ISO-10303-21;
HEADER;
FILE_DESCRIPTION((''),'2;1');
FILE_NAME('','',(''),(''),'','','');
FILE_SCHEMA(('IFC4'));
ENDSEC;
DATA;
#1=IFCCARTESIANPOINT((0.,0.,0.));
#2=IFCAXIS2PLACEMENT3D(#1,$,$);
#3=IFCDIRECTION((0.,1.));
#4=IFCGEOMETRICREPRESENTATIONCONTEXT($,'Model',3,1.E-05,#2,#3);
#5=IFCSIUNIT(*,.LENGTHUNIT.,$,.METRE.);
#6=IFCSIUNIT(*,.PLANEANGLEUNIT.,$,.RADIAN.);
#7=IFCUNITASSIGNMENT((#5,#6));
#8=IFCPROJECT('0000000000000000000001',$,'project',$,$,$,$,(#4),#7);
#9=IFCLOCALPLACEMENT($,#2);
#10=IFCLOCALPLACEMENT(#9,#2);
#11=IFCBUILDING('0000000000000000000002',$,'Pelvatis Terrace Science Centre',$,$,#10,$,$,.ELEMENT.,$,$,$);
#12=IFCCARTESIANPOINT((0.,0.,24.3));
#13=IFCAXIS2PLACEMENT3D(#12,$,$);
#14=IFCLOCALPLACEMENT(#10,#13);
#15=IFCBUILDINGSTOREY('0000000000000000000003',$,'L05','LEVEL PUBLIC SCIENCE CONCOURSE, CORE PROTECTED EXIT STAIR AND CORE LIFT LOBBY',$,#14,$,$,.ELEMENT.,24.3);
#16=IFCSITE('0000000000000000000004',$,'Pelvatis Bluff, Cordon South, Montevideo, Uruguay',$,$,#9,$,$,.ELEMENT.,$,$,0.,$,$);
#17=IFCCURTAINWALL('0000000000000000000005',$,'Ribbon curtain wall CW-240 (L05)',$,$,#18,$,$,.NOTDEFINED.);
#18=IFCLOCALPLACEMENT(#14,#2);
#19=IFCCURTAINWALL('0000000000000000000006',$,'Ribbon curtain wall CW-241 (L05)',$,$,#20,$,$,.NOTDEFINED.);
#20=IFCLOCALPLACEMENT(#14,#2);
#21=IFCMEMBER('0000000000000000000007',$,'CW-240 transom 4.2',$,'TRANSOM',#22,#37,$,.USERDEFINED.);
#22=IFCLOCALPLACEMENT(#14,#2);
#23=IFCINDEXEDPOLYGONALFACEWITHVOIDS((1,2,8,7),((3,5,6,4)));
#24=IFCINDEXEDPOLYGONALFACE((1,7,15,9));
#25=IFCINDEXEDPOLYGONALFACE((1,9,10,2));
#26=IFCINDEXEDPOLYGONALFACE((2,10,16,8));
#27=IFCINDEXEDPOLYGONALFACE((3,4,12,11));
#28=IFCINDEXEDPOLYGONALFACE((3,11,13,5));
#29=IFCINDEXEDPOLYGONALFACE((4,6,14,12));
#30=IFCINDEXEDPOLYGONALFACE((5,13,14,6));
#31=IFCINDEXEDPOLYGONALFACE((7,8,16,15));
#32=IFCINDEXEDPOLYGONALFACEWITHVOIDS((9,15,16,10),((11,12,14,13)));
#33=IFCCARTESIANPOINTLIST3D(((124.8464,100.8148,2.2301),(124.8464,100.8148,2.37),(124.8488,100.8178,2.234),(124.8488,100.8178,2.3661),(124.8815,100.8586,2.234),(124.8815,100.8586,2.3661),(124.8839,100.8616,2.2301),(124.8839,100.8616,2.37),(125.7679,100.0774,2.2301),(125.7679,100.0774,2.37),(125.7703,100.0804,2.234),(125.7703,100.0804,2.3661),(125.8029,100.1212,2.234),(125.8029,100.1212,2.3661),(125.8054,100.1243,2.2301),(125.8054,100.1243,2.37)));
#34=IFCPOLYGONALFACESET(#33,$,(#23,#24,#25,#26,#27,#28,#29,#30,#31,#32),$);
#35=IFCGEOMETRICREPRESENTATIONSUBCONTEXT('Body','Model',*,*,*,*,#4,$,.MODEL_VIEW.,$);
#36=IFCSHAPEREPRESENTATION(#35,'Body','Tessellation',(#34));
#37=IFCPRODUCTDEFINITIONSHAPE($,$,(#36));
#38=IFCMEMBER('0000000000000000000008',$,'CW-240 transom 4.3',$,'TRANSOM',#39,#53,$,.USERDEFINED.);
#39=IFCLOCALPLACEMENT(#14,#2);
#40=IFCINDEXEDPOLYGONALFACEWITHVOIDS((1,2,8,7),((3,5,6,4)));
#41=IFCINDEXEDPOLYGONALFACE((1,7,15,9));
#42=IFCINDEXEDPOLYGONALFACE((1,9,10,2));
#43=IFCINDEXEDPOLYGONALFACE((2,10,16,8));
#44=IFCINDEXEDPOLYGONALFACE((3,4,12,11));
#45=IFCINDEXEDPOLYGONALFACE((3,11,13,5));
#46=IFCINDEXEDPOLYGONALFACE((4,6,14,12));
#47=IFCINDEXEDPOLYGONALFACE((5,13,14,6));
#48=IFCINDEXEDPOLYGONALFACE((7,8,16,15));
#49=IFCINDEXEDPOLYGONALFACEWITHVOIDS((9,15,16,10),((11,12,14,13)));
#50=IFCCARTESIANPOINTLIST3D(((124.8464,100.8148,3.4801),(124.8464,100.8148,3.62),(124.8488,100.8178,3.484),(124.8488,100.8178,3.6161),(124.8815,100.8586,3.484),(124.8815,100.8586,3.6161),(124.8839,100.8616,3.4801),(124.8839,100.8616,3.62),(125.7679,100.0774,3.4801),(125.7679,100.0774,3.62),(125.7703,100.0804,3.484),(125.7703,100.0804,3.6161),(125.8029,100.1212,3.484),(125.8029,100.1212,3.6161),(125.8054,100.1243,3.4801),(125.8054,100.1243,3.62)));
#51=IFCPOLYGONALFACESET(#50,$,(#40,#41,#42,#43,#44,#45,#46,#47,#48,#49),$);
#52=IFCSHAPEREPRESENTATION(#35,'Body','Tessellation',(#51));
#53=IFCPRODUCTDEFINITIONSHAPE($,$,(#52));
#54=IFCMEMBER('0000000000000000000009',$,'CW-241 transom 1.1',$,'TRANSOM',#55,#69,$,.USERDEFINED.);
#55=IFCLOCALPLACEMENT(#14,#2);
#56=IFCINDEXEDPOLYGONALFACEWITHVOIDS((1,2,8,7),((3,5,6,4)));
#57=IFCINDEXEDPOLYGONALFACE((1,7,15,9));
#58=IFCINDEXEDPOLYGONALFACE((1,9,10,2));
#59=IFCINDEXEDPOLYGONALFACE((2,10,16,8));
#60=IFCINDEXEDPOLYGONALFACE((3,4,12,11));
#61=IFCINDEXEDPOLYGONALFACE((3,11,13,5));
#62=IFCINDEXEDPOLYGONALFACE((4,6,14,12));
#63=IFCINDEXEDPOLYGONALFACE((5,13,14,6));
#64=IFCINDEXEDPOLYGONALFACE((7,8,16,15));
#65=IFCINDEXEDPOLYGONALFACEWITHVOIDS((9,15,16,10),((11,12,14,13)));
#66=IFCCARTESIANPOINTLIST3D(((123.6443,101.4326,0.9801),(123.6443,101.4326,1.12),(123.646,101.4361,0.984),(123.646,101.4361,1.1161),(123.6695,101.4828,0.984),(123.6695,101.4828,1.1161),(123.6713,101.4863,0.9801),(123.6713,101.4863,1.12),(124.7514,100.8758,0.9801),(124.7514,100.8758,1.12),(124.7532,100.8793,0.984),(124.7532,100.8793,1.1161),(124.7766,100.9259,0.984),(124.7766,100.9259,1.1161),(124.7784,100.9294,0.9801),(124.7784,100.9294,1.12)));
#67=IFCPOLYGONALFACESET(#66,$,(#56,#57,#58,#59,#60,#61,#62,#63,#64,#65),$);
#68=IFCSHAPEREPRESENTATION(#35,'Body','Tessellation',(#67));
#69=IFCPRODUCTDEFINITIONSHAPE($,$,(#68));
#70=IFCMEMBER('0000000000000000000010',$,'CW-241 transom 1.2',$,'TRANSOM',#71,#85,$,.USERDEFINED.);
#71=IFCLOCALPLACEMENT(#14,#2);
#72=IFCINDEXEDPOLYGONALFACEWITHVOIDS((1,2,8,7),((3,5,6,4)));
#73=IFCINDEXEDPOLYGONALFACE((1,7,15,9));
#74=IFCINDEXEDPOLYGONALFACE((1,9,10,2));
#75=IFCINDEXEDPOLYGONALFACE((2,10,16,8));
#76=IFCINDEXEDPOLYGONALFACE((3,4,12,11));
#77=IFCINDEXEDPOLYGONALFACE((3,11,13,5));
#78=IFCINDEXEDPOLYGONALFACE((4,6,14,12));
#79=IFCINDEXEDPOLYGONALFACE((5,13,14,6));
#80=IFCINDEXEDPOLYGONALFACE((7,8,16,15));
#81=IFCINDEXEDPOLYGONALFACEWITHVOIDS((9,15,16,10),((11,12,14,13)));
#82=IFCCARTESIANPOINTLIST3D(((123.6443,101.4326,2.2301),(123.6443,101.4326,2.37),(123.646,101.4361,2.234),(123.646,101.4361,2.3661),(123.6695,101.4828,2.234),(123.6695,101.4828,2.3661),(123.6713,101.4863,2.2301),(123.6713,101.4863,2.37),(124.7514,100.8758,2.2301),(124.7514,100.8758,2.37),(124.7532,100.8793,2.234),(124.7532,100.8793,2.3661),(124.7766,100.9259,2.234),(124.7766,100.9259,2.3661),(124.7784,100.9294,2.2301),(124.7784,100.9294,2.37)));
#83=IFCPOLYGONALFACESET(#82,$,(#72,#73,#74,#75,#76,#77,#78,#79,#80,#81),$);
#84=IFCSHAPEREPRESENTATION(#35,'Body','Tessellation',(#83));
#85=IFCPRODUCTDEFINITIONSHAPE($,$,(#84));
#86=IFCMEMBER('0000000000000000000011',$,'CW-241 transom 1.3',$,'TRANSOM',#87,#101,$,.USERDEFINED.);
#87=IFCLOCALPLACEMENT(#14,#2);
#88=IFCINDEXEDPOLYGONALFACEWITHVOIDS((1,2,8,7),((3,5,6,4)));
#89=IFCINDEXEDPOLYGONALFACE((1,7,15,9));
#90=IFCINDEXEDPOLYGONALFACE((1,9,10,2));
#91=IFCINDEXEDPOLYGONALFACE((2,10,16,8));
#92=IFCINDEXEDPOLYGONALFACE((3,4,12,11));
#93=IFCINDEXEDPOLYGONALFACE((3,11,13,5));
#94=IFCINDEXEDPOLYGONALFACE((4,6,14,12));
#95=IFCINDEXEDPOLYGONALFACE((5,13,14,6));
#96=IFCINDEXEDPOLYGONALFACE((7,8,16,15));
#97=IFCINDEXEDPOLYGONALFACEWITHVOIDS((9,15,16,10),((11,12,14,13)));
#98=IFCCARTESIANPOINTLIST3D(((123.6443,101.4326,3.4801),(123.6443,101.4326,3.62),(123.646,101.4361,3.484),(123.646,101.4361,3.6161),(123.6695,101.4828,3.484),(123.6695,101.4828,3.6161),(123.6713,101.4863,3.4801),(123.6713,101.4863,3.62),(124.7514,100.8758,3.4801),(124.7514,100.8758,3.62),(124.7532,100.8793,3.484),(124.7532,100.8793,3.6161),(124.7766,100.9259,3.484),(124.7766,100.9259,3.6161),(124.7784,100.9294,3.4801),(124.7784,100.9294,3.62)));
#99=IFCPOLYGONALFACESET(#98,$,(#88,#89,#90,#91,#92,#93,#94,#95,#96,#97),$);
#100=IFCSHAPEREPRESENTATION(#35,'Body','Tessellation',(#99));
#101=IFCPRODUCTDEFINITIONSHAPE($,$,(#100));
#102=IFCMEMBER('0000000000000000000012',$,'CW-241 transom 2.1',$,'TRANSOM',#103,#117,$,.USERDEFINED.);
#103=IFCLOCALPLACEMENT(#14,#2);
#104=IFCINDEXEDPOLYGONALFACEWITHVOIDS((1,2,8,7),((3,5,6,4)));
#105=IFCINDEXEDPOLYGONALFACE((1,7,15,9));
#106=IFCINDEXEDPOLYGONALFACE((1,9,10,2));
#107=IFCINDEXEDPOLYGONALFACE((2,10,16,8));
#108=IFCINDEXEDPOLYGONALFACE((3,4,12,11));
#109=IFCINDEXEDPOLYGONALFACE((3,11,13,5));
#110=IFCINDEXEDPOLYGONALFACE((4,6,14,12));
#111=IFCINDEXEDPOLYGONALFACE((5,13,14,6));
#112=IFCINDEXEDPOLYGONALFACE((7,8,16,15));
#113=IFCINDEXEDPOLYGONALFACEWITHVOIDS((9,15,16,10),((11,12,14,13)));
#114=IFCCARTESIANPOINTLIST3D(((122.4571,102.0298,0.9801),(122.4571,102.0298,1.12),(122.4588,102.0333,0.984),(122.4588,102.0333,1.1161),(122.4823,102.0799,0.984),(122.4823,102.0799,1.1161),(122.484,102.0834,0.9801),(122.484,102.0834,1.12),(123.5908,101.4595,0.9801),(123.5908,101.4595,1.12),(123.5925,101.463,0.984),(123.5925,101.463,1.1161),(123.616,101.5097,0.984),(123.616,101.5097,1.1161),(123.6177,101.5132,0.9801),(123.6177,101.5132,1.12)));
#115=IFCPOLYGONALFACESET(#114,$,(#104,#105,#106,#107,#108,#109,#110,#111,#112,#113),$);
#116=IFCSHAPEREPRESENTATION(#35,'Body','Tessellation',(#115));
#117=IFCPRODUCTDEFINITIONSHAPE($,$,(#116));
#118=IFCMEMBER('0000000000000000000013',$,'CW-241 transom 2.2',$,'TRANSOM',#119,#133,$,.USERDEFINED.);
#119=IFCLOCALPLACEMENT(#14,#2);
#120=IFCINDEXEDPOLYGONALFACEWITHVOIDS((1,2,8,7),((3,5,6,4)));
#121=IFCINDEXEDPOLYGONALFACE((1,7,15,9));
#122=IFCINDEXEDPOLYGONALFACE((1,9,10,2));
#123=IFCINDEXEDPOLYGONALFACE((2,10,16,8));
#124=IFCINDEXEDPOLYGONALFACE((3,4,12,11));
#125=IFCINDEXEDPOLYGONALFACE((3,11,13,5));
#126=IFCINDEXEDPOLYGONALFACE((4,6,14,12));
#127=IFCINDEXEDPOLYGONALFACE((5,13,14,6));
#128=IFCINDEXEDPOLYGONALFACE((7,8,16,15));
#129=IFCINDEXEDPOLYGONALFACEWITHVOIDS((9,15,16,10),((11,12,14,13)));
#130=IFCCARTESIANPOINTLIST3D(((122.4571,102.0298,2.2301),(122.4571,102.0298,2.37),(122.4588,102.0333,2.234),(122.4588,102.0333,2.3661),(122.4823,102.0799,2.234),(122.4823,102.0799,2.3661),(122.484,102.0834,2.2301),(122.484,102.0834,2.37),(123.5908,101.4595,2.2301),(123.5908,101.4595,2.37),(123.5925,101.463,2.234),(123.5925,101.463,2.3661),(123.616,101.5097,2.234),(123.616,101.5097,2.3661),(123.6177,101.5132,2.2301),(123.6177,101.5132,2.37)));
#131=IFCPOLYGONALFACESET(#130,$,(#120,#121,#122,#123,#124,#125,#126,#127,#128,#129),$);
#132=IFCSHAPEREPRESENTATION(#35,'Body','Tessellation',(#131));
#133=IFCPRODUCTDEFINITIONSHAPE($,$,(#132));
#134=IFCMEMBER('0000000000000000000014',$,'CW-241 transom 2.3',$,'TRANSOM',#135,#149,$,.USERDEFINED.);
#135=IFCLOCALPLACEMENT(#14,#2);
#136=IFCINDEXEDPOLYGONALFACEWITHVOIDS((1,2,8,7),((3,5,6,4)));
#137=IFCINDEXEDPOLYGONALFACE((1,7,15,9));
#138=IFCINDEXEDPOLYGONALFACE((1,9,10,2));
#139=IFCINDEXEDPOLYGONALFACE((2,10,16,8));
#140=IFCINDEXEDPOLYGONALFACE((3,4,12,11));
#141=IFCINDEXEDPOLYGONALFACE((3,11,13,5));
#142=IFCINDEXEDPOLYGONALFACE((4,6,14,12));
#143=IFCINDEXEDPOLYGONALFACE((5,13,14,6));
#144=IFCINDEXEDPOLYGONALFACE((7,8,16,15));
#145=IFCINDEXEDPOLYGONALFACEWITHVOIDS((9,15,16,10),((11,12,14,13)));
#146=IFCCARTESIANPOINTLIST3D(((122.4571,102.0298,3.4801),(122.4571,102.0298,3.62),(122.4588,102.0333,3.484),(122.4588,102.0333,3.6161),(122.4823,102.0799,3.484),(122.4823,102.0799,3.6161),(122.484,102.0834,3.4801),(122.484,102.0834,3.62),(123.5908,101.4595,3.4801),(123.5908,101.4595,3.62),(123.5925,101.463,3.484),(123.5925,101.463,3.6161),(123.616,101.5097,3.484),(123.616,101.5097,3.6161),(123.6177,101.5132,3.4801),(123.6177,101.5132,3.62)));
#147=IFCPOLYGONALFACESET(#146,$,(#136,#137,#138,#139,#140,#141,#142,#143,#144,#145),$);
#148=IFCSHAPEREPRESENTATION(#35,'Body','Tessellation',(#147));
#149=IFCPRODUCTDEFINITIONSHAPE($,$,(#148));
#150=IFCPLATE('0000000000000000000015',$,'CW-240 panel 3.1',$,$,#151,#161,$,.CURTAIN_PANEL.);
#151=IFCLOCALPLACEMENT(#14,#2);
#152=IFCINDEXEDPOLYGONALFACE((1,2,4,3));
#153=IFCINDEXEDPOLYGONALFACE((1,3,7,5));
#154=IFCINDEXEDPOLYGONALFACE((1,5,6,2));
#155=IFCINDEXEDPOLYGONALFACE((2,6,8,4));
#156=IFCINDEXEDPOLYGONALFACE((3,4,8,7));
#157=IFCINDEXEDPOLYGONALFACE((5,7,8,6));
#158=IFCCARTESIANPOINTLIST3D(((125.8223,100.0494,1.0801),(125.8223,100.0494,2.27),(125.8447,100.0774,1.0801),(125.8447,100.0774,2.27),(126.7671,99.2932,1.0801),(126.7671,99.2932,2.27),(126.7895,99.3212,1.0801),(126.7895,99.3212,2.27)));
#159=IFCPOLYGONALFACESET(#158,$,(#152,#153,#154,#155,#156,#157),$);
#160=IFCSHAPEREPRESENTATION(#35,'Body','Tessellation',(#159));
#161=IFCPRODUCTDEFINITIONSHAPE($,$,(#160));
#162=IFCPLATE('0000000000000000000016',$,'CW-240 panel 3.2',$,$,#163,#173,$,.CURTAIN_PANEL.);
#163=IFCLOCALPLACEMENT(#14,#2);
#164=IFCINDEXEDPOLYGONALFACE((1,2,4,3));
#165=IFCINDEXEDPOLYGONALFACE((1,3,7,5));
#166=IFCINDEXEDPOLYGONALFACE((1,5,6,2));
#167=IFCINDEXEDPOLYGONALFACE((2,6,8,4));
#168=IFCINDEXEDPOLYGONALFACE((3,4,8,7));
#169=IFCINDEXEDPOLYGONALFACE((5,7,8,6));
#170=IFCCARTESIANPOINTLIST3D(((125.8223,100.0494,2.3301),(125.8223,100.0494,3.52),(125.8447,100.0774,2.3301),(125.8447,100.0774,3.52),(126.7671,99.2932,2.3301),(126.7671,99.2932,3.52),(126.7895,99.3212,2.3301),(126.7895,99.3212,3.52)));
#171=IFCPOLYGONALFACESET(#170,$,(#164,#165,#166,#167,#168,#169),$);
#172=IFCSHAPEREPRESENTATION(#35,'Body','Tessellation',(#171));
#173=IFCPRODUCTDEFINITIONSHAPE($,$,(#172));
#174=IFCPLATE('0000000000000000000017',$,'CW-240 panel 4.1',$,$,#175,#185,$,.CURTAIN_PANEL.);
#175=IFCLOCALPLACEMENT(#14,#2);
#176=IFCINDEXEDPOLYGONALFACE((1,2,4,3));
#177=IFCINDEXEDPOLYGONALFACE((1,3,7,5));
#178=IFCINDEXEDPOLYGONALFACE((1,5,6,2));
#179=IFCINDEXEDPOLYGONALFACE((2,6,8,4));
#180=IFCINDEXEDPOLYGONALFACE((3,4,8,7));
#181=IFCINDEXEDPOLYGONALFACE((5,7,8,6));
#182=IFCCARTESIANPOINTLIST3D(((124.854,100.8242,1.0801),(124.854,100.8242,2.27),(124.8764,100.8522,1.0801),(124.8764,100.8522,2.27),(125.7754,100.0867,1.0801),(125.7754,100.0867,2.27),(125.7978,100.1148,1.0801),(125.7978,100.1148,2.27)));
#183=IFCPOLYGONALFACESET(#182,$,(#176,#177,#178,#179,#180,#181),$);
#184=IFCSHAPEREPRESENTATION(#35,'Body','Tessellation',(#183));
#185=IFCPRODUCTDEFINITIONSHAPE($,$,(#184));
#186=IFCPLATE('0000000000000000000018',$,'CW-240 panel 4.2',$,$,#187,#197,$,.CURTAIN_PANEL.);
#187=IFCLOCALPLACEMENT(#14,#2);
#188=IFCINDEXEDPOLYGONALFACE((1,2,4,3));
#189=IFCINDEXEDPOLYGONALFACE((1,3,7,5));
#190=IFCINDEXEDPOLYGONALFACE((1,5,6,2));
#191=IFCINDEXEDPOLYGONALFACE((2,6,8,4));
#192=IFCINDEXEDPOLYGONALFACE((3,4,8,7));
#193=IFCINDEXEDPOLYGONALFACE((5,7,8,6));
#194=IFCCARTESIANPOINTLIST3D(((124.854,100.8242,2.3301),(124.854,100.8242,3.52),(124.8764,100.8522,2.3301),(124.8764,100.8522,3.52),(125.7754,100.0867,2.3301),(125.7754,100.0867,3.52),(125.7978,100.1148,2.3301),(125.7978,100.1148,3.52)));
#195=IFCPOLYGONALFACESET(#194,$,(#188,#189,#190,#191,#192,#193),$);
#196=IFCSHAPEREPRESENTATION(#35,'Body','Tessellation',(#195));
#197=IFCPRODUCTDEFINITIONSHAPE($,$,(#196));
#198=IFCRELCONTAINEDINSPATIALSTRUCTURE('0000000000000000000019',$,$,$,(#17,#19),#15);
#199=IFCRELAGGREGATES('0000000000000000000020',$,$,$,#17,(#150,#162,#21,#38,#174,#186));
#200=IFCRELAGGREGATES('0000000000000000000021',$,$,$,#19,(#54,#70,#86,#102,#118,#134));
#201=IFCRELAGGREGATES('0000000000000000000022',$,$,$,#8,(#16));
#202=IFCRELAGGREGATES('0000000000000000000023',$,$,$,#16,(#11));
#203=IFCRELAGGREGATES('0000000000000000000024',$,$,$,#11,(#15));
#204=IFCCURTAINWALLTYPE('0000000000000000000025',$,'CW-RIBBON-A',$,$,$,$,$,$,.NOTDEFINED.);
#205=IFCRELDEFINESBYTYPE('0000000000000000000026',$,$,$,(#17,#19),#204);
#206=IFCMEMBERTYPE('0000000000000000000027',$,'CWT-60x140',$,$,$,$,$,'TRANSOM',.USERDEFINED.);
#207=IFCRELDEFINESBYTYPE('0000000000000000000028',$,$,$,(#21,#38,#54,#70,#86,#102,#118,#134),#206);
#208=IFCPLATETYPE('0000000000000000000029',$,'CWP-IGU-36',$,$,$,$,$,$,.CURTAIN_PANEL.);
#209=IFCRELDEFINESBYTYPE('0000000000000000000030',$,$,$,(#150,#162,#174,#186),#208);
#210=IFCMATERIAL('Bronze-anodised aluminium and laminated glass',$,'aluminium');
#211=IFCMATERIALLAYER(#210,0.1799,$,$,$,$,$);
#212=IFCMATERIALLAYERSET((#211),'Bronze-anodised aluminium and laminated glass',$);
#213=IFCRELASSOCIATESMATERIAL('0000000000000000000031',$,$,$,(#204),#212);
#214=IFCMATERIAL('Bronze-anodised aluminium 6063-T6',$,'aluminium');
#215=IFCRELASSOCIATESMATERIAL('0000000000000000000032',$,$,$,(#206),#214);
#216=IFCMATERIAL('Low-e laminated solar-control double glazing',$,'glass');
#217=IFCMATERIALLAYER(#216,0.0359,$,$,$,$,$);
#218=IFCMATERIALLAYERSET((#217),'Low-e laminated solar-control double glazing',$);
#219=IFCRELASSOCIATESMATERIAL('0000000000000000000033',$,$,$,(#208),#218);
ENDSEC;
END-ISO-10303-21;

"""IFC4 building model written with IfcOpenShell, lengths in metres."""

from ifc_helpers import new_model, si_unit, direction, frame, origin, origin_2d, place, context, subcontext, project, spatial, rectangle, hollow_rectangle, extrude, material, layer, layer_set, material_profile, profile_set, type_object, element, aggregate, save


model = new_model("IFC4")

# Units and contexts
model_context = context("Model", 3, precision=1e-05, world=origin(), true_north=direction((0.0, 1.0)))
body_context = subcontext(model_context, "Body", "Model", "MODEL_VIEW")
ifc_project = project(units=[si_unit("LENGTHUNIT", "METRE"), si_unit("PLANEANGLEUNIT", "RADIAN")], contexts=[model_context])

# Site, building, storey
site_placement = place(None, origin())
site = spatial("IfcSite", under=ifc_project, at=site_placement, Name="Pelvatis Bluff, Cordon South, Montevideo, Uruguay", CompositionType="ELEMENT", RefElevation=0.0)
building_placement = place(site_placement, origin())
building = spatial("IfcBuilding", under=site, at=building_placement, Name="Pelvatis Terrace Science Centre", CompositionType="ELEMENT")
storey_placement = place(building_placement, frame((0.0, 0.0, 24.3)))
storey = spatial("IfcBuildingStorey", under=building, at=storey_placement, Name="L05", Description="LEVEL PUBLIC SCIENCE CONCOURSE, CORE PROTECTED EXIT STAIR AND CORE LIFT LOBBY", CompositionType="ELEMENT", Elevation=24.3)

# Curtain walls
ifc_material_1 = material(Name="Bronze-anodised aluminium and laminated glass", Category="aluminium")
ifc_layer_1 = layer(ifc_material_1, 0.1799)
ifc_layer_set_1 = layer_set([ifc_layer_1], Name="Bronze-anodised aluminium and laminated glass")
curtain_wall_type = type_object("IfcCurtainWallType", Name="CW-RIBBON-A", PredefinedType="NOTDEFINED", material=ifc_layer_set_1)
curtain_wall_1_placement = place(storey_placement, origin())
curtain_wall_1 = element("IfcCurtainWall", 1, at=curtain_wall_1_placement, inside=storey, type_object=curtain_wall_type, Name="Ribbon curtain wall CW-240 (L05)", PredefinedType="NOTDEFINED")
curtain_wall_2_placement = place(storey_placement, origin())
curtain_wall_2 = element("IfcCurtainWall", 2, at=curtain_wall_2_placement, inside=storey, type_object=curtain_wall_type, Name="Ribbon curtain wall CW-241 (L05)", PredefinedType="NOTDEFINED")

# Members
ifc_material_2 = material(Name="Bronze-anodised aluminium 6063-T6", Category="aluminium")
ifc_material_profile_1 = material_profile(ifc_material_2, hollow_rectangle(XDim=0.0601, YDim=0.1399, WallThickness=0.0039, at=origin_2d()), Name="ALU-TRN 60x140")
ifc_profile_set_1 = profile_set([ifc_material_profile_1], Name="Bronze-anodised aluminium 6063-T6")
member_type_1 = type_object("IfcMemberType", Name="CWT-60x140", ElementType="TRANSOM", PredefinedType="USERDEFINED", material=ifc_profile_set_1)
member_1_placement = place(storey_placement, frame((125.7866, 100.1008, 2.3), z_axis=(-0.780788, 0.624796, 0.0), x_axis=(-0.624796, -0.780788, 0.0)))
member_1 = element("IfcMember", 3, at=member_1_placement, type_object=member_type_1, Name="CW-240 transom 4.2", ObjectType="TRANSOM", PredefinedType="USERDEFINED", context=body_context, shape_type="SweptSolid", body=[
    extrude(hollow_rectangle(XDim=0.0601, YDim=0.1399, WallThickness=0.0039, at=origin_2d()), origin(), (0.0, 0.0, 1.0), 1.1802),
])
member_2_placement = place(storey_placement, frame((125.7866, 100.1008, 3.55), z_axis=(-0.780788, 0.624796, 0.0), x_axis=(-0.624796, -0.780788, 0.0)))
member_2 = element("IfcMember", 4, at=member_2_placement, type_object=member_type_1, Name="CW-240 transom 4.3", ObjectType="TRANSOM", PredefinedType="USERDEFINED", context=body_context, shape_type="SweptSolid", body=[
    extrude(hollow_rectangle(XDim=0.0601, YDim=0.1399, WallThickness=0.0039, at=origin_2d()), origin(), (0.0, 0.0, 1.0), 1.1802),
])
member_3_placement = place(storey_placement, frame((124.7649, 100.9026, 1.05), z_axis=(-0.893361, 0.44934, 0.0), x_axis=(-0.44934, -0.893361, 0.0)))
member_3 = element("IfcMember", 5, at=member_3_placement, type_object=member_type_1, Name="CW-241 transom 1.1", ObjectType="TRANSOM", PredefinedType="USERDEFINED", context=body_context, shape_type="SweptSolid", body=[
    extrude(hollow_rectangle(XDim=0.0601, YDim=0.1399, WallThickness=0.0039, at=origin_2d()), origin(), (0.0, 0.0, 1.0), 1.2393),
])
member_4_placement = place(storey_placement, frame((124.7649, 100.9026, 2.3), z_axis=(-0.893361, 0.44934, 0.0), x_axis=(-0.44934, -0.893361, 0.0)))
member_4 = element("IfcMember", 6, at=member_4_placement, type_object=member_type_1, Name="CW-241 transom 1.2", ObjectType="TRANSOM", PredefinedType="USERDEFINED", context=body_context, shape_type="SweptSolid", body=[
    extrude(hollow_rectangle(XDim=0.0601, YDim=0.1399, WallThickness=0.0039, at=origin_2d()), origin(), (0.0, 0.0, 1.0), 1.2393),
])
member_5_placement = place(storey_placement, frame((124.7649, 100.9026, 3.55), z_axis=(-0.893361, 0.44934, 0.0), x_axis=(-0.44934, -0.893361, 0.0)))
member_5 = element("IfcMember", 7, at=member_5_placement, type_object=member_type_1, Name="CW-241 transom 1.3", ObjectType="TRANSOM", PredefinedType="USERDEFINED", context=body_context, shape_type="SweptSolid", body=[
    extrude(hollow_rectangle(XDim=0.0601, YDim=0.1399, WallThickness=0.0039, at=origin_2d()), origin(), (0.0, 0.0, 1.0), 1.2393),
])
member_6_placement = place(storey_placement, frame((123.6042, 101.4863, 1.05), z_axis=(-0.893347, 0.449367, 0.0), x_axis=(-0.449367, -0.893347, 0.0)))
member_6 = element("IfcMember", 8, at=member_6_placement, type_object=member_type_1, Name="CW-241 transom 2.1", ObjectType="TRANSOM", PredefinedType="USERDEFINED", context=body_context, shape_type="SweptSolid", body=[
    extrude(hollow_rectangle(XDim=0.0601, YDim=0.1399, WallThickness=0.0039, at=origin_2d()), origin(), (0.0, 0.0, 1.0), 1.269),
])
member_7_placement = place(storey_placement, frame((123.6042, 101.4863, 2.3), z_axis=(-0.893347, 0.449367, 0.0), x_axis=(-0.449367, -0.893347, 0.0)))
member_7 = element("IfcMember", 9, at=member_7_placement, type_object=member_type_1, Name="CW-241 transom 2.2", ObjectType="TRANSOM", PredefinedType="USERDEFINED", context=body_context, shape_type="SweptSolid", body=[
    extrude(hollow_rectangle(XDim=0.0601, YDim=0.1399, WallThickness=0.0039, at=origin_2d()), origin(), (0.0, 0.0, 1.0), 1.269),
])
member_8_placement = place(storey_placement, frame((123.6042, 101.4863, 3.55), z_axis=(-0.893347, 0.449367, 0.0), x_axis=(-0.449367, -0.893347, 0.0)))
member_8 = element("IfcMember", 10, at=member_8_placement, type_object=member_type_1, Name="CW-241 transom 2.3", ObjectType="TRANSOM", PredefinedType="USERDEFINED", context=body_context, shape_type="SweptSolid", body=[
    extrude(hollow_rectangle(XDim=0.0601, YDim=0.1399, WallThickness=0.0039, at=origin_2d()), origin(), (0.0, 0.0, 1.0), 1.269),
])

# Plates
ifc_material_3 = material(Name="Low-e laminated solar-control double glazing", Category="glass")
ifc_layer_2 = layer(ifc_material_3, 0.0359)
ifc_layer_set_2 = layer_set([ifc_layer_2], Name="Low-e laminated solar-control double glazing")
plate_type = type_object("IfcPlateType", Name="CWP-IGU-36", PredefinedType="CURTAIN_PANEL", material=ifc_layer_set_2)
plate_1_placement = place(storey_placement, frame((126.3059, 99.6853, 1.0801), z_axis=(0.0, 0.0, 1.0), x_axis=(-0.780725, 0.624875, 0.0)))
plate_1 = element("IfcPlate", 11, at=plate_1_placement, type_object=plate_type, Name="CW-240 panel 3.1", PredefinedType="CURTAIN_PANEL", context=body_context, shape_type="SweptSolid", body=[
    extrude(rectangle(XDim=1.2102, YDim=0.0359, at=origin_2d()), origin(), (0.0, 0.0, 1.0), 1.1899),
])
plate_2_placement = place(storey_placement, frame((126.3059, 99.6853, 2.3301), z_axis=(0.0, 0.0, 1.0), x_axis=(-0.780725, 0.624875, 0.0)))
plate_2 = element("IfcPlate", 12, at=plate_2_placement, type_object=plate_type, Name="CW-240 panel 3.2", PredefinedType="CURTAIN_PANEL", context=body_context, shape_type="SweptSolid", body=[
    extrude(rectangle(XDim=1.2102, YDim=0.0359, at=origin_2d()), origin(), (0.0, 0.0, 1.0), 1.1899),
])
plate_3_placement = place(storey_placement, frame((125.3259, 100.4695, 1.0801), z_axis=(0.0, 0.0, 1.0), x_axis=(-0.780725, 0.624875, 0.0)))
plate_3 = element("IfcPlate", 13, at=plate_3_placement, type_object=plate_type, Name="CW-240 panel 4.1", PredefinedType="CURTAIN_PANEL", context=body_context, shape_type="SweptSolid", body=[
    extrude(rectangle(XDim=1.1802, YDim=0.0359, at=origin_2d()), origin(), (0.0, 0.0, 1.0), 1.1899),
])
plate_4_placement = place(storey_placement, frame((125.3259, 100.4695, 2.3301), z_axis=(0.0, 0.0, 1.0), x_axis=(-0.780725, 0.624875, 0.0)))
plate_4 = element("IfcPlate", 14, at=plate_4_placement, type_object=plate_type, Name="CW-240 panel 4.2", PredefinedType="CURTAIN_PANEL", context=body_context, shape_type="SweptSolid", body=[
    extrude(rectangle(XDim=1.1802, YDim=0.0359, at=origin_2d()), origin(), (0.0, 0.0, 1.0), 1.1899),
])
aggregate(curtain_wall_1, [plate_1, plate_2, member_1, member_2, plate_3, plate_4])
aggregate(curtain_wall_2, [member_3, member_4, member_5, member_6, member_7, member_8])

save(model, "model.ifc")
